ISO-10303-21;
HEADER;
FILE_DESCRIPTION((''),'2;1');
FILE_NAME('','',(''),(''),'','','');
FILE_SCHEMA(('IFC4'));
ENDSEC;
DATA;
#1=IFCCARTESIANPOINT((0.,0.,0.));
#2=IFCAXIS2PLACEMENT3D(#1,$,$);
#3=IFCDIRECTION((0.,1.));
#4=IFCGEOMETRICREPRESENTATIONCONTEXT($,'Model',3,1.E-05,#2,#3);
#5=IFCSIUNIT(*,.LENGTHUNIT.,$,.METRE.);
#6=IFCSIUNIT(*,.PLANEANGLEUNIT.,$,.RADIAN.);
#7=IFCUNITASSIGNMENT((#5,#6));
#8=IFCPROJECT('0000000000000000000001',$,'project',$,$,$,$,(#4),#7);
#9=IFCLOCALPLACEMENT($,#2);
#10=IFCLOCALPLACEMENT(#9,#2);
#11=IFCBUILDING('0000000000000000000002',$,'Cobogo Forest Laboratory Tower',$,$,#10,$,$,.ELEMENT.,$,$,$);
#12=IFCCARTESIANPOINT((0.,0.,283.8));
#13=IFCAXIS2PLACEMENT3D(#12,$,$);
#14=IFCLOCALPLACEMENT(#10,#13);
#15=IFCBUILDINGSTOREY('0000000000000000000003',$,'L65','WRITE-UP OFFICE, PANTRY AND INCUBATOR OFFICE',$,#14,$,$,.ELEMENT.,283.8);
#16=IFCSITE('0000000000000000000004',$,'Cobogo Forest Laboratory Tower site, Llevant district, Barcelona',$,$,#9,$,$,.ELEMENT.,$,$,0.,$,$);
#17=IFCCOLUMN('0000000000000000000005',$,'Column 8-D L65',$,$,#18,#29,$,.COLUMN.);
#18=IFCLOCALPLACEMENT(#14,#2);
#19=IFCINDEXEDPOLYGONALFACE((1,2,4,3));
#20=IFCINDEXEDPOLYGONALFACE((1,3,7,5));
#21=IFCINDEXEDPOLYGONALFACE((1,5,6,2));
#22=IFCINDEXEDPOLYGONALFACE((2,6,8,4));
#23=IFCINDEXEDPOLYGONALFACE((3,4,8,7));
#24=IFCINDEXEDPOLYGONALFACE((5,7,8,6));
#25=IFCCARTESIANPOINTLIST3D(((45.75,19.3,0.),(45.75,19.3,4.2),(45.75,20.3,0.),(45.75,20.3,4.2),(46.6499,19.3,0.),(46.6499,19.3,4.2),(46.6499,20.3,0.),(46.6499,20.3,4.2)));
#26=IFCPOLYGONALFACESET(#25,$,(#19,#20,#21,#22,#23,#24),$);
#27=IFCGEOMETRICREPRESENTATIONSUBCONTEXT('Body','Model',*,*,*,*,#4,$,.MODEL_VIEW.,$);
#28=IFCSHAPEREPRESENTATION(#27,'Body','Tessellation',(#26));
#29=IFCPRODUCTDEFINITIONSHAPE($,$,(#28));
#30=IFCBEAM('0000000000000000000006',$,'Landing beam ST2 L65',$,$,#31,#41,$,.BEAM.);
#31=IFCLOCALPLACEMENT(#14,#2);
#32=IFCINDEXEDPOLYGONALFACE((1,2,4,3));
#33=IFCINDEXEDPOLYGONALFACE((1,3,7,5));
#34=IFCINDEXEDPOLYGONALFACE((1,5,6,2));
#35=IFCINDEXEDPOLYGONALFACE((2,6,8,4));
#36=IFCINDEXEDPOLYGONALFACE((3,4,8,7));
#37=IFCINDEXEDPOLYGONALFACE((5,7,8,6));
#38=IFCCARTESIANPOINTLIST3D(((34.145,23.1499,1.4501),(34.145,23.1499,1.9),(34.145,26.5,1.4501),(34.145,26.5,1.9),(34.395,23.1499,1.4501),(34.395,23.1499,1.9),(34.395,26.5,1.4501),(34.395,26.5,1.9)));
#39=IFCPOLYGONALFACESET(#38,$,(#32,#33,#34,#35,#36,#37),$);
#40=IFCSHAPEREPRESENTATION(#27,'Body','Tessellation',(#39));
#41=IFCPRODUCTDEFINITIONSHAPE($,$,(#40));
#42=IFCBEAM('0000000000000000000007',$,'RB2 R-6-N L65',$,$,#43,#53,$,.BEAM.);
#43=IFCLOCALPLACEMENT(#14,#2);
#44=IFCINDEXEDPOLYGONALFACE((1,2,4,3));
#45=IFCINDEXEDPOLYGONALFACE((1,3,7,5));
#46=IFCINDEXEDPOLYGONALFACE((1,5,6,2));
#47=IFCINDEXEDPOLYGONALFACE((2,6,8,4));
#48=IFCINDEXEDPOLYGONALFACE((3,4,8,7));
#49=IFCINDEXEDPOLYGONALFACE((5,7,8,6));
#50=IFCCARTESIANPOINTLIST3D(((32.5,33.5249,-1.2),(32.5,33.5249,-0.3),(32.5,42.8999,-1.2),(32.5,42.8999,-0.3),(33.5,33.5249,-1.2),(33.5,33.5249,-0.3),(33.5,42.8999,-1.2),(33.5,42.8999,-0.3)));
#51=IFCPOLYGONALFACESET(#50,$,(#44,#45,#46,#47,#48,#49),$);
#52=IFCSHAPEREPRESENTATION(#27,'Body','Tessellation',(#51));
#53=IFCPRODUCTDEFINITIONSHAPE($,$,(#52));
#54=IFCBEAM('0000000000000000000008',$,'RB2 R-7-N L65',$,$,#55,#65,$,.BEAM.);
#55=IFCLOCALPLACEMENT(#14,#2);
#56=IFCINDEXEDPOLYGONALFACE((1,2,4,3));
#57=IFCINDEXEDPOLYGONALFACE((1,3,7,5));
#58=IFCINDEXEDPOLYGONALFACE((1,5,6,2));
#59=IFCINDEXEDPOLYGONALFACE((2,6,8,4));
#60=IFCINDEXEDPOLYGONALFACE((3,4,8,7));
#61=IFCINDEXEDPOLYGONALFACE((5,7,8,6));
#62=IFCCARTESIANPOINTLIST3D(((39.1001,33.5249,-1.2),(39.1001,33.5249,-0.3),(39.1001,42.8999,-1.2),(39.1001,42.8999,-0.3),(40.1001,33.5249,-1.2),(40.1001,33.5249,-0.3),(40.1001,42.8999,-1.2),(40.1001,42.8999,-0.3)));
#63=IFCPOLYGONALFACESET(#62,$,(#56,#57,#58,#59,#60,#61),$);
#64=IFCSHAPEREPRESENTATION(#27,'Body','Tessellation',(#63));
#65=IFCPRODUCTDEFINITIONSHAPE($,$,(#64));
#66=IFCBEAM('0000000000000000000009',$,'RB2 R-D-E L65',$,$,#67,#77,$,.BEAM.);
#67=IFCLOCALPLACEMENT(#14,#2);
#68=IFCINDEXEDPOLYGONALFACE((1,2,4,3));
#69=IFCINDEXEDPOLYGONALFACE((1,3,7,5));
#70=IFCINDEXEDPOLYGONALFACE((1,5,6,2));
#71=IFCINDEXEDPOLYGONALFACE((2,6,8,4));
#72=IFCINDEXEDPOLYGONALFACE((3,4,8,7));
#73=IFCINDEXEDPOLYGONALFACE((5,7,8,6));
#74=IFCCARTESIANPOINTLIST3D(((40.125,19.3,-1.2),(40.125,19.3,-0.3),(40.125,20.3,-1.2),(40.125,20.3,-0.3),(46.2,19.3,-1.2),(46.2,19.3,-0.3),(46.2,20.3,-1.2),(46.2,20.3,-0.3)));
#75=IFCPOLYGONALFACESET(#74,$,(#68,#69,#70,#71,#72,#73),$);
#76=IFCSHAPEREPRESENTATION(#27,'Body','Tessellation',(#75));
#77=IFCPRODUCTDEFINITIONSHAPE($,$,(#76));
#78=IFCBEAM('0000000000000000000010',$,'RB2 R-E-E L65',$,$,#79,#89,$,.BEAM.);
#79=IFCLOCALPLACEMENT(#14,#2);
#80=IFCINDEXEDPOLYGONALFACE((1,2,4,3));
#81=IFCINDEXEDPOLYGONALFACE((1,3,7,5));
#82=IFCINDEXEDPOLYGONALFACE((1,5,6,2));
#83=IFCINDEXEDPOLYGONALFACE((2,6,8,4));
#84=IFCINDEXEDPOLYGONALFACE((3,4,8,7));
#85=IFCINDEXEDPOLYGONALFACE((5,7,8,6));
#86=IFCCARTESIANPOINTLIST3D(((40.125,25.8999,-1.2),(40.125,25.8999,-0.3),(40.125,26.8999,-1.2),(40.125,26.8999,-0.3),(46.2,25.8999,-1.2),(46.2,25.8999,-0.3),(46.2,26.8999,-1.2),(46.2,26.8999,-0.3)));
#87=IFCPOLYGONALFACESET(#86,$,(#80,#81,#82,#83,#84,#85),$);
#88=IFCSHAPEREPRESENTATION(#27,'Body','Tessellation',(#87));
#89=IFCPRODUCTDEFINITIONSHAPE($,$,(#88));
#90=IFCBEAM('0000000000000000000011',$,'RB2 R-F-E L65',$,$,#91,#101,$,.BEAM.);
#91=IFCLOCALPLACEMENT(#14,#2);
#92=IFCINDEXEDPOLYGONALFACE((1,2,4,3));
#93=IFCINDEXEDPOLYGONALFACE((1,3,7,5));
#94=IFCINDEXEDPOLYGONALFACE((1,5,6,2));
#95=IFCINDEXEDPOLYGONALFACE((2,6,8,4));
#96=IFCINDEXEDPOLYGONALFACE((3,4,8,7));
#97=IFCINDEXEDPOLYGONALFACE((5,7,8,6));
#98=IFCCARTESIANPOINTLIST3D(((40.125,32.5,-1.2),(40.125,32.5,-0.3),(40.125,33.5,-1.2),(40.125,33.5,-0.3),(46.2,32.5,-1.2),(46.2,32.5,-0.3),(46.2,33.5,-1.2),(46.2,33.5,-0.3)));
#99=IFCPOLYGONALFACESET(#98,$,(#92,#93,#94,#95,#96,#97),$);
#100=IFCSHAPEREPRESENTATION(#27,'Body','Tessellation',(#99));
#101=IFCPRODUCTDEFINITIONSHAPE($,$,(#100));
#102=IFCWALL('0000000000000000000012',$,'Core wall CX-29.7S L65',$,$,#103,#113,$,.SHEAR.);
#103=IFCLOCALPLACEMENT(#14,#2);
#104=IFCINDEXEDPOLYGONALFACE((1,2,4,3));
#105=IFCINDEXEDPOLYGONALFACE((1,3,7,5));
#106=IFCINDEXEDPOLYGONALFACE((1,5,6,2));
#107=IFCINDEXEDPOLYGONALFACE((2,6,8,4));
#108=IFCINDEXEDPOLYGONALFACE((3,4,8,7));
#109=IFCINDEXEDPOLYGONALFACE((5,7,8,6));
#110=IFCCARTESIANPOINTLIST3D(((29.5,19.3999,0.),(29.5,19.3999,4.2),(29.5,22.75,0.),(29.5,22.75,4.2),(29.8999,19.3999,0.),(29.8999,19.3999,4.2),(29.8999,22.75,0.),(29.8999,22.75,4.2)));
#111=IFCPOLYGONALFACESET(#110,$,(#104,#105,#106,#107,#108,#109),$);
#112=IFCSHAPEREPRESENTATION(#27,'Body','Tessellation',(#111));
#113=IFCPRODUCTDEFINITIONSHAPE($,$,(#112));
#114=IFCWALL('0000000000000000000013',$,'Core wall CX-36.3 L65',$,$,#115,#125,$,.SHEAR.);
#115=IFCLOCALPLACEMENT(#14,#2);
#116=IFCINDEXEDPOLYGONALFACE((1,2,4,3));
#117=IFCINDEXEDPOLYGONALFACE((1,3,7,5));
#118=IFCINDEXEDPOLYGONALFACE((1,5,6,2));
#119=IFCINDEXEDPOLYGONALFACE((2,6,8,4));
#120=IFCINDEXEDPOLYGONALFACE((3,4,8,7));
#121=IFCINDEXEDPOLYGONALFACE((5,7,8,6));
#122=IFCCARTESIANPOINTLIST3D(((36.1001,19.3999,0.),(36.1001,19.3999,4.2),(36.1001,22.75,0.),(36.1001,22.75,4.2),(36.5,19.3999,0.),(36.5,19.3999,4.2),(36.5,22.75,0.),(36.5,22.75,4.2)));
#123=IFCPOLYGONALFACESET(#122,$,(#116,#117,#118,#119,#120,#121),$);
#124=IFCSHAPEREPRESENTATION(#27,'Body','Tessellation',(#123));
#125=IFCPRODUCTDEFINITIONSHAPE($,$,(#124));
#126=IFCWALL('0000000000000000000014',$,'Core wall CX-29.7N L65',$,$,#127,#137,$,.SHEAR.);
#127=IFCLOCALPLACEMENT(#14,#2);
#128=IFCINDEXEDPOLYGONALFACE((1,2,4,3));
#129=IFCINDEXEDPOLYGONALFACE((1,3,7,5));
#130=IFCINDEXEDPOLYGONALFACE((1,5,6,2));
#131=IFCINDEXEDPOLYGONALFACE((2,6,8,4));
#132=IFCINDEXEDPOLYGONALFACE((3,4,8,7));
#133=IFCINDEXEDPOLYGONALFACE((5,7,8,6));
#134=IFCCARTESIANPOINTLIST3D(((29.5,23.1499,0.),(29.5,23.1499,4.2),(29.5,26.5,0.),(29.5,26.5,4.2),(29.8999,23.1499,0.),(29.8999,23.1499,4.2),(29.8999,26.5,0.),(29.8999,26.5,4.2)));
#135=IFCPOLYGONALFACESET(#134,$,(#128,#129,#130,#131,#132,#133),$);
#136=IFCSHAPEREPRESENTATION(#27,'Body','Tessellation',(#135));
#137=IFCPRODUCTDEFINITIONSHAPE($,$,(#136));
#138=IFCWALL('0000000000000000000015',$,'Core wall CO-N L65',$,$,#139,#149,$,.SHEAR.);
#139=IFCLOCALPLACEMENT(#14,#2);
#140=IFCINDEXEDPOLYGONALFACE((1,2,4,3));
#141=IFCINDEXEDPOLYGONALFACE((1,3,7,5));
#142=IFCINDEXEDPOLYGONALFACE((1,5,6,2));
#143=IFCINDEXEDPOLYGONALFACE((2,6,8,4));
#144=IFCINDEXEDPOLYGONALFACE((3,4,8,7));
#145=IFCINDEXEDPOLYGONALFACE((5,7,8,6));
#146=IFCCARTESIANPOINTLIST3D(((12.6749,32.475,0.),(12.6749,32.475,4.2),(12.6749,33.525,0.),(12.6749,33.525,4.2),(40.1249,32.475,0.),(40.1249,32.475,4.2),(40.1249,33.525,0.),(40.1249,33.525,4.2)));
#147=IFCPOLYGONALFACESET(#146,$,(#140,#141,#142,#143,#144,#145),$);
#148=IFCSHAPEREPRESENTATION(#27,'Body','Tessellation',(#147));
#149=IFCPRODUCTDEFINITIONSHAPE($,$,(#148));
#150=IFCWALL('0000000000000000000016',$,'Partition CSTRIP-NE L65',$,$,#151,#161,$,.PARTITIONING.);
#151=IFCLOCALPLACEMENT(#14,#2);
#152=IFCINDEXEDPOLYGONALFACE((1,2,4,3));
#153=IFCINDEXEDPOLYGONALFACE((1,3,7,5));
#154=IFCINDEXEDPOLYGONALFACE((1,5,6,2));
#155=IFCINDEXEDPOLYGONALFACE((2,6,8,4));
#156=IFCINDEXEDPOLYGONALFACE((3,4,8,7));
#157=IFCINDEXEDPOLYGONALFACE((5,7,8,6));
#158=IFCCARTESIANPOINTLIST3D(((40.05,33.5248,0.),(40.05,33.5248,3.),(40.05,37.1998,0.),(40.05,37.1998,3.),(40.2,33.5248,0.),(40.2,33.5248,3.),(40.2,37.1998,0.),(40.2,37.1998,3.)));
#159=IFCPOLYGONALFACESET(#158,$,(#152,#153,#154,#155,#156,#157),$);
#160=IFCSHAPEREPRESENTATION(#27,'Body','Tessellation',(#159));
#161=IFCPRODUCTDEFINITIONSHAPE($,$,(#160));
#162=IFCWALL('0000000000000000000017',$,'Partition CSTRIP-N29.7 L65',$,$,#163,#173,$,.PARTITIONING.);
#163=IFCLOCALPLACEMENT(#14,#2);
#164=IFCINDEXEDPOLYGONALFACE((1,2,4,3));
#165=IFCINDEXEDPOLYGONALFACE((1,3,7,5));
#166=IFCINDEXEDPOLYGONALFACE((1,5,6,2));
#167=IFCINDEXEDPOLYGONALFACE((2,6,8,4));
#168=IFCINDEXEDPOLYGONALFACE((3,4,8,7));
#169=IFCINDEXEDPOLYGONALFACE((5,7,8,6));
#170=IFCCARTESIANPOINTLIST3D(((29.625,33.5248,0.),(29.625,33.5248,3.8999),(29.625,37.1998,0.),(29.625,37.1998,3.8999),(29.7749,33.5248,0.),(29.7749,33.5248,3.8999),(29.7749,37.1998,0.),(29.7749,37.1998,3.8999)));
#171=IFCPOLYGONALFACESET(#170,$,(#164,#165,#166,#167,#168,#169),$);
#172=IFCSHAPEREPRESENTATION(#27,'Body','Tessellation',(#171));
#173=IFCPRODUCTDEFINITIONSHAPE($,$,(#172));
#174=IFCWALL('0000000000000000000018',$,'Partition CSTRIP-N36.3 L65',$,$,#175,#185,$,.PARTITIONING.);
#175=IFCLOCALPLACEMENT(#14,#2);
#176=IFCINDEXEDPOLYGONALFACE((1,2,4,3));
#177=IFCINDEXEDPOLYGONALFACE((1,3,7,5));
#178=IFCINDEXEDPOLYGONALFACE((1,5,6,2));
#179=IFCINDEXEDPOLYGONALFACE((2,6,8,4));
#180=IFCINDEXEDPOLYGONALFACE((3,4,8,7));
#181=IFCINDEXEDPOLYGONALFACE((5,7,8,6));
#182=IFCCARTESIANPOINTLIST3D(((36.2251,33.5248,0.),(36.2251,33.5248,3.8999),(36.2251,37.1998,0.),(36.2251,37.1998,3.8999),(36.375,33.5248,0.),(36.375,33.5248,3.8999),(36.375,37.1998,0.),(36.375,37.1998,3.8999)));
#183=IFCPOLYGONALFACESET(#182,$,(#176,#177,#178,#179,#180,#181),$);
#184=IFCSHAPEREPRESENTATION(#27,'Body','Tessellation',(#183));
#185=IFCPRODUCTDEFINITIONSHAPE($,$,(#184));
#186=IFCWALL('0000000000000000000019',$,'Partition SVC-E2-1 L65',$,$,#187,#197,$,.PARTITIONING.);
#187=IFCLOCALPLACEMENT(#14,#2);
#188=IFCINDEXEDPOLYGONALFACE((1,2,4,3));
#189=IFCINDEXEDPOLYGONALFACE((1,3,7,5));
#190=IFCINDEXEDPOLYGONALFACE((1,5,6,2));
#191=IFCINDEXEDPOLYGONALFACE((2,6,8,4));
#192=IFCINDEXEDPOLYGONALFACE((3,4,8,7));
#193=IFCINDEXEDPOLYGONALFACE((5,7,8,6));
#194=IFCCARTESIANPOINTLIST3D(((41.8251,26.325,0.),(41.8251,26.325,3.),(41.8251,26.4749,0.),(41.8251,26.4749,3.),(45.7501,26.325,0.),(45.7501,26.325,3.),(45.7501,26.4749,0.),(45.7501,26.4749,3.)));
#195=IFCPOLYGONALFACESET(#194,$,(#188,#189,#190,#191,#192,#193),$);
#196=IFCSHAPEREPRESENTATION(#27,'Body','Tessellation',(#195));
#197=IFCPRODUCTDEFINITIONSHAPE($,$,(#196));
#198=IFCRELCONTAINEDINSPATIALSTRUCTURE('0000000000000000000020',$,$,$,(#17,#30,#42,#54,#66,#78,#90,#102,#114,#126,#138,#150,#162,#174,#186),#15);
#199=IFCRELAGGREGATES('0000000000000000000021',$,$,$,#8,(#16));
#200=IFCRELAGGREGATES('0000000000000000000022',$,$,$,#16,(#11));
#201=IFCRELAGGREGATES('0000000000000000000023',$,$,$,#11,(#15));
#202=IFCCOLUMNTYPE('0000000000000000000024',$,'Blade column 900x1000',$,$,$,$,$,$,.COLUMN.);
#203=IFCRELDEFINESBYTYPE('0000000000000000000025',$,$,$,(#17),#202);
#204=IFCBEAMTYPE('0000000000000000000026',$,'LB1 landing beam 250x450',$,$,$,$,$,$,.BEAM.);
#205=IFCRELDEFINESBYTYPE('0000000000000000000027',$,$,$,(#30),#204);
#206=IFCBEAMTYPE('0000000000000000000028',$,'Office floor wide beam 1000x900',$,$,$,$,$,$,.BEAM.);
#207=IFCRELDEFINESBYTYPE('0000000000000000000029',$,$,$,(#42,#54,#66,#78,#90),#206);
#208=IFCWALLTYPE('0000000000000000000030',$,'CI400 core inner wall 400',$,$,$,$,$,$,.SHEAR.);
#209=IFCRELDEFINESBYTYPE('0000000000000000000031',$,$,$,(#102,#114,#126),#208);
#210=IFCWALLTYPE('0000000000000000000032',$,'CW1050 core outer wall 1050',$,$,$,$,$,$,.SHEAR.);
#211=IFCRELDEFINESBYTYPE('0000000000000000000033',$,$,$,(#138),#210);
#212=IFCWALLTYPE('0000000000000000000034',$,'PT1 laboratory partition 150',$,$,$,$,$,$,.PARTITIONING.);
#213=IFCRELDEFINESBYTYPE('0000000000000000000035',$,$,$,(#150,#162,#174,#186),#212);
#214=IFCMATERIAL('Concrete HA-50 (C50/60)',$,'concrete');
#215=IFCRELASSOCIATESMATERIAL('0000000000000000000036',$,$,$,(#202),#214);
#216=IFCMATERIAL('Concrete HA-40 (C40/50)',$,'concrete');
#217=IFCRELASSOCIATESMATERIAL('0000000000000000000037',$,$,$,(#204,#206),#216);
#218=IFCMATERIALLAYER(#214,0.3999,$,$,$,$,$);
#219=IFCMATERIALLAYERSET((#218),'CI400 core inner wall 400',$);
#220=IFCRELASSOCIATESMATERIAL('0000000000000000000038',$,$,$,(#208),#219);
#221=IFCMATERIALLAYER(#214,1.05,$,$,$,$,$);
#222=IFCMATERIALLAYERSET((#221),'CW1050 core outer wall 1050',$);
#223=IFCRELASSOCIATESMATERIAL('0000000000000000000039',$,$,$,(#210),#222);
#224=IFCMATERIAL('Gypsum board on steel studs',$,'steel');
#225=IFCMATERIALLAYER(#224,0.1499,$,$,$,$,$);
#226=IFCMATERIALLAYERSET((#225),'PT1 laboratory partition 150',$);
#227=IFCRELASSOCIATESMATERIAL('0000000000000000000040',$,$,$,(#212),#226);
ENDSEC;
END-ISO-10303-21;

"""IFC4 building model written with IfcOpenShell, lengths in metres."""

from ifc_helpers import new_model, si_unit, direction, frame, frame_2d, origin, origin_2d, place, context, subcontext, project, spatial, rectangle, extrude, material, layer, layer_set, material_profile, profile_set, type_object, element, save


model = new_model("IFC4")

# Units and contexts
model_context = context("Model", 3, precision=1e-05, world=origin(), true_north=direction((0.0, 1.0)))
body_context = subcontext(model_context, "Body", "Model", "MODEL_VIEW")
ifc_project = project(units=[si_unit("LENGTHUNIT", "METRE"), si_unit("PLANEANGLEUNIT", "RADIAN")], contexts=[model_context])

# Site, building, storey
site_placement = place(None, origin())
site = spatial("IfcSite", under=ifc_project, at=site_placement, Name="Cobogo Forest Laboratory Tower site, Llevant district, Barcelona", CompositionType="ELEMENT", RefElevation=0.0)
building_placement = place(site_placement, origin())
building = spatial("IfcBuilding", under=site, at=building_placement, Name="Cobogo Forest Laboratory Tower", CompositionType="ELEMENT")
storey_placement = place(building_placement, frame((0.0, 0.0, 283.8)))
storey = spatial("IfcBuildingStorey", under=building, at=storey_placement, Name="L65", Description="WRITE-UP OFFICE, PANTRY AND INCUBATOR OFFICE", CompositionType="ELEMENT", Elevation=283.8)

# Column
ifc_material_1 = material(Name="Concrete HA-50 (C50/60)", Category="concrete")
ifc_material_profile_1 = material_profile(ifc_material_1, rectangle(XDim=1.0, YDim=0.8999, at=origin_2d()), Name="RC 900x1000")
ifc_profile_set_1 = profile_set([ifc_material_profile_1], Name="Concrete HA-50 (C50/60)")
column_type = type_object("IfcColumnType", Name="Blade column 900x1000", PredefinedType="COLUMN", material=ifc_profile_set_1)
column_placement = place(storey_placement, frame((46.2, 19.8, 0.0), z_axis=(0.0, 0.0, 1.0), x_axis=(0.0, 1.0, 0.0)))
element("IfcColumn", 1, at=column_placement, inside=storey, type_object=column_type, Name="Column 8-D L65", PredefinedType="COLUMN", context=body_context, shape_type="SweptSolid", body=[
    extrude(rectangle(XDim=1.0, YDim=0.8999, at=origin_2d()), origin(), (0.0, 0.0, 1.0), 4.2),
])

# Beams
ifc_material_2 = material(Name="Concrete HA-40 (C40/50)", Category="concrete")
ifc_material_profile_2 = material_profile(ifc_material_2, rectangle(XDim=0.25, YDim=0.45, at=origin_2d()), Name="RC 250x450")
ifc_profile_set_2 = profile_set([ifc_material_profile_2], Name="Concrete HA-40 (C40/50)")
beam_type_1 = type_object("IfcBeamType", Name="LB1 landing beam 250x450", PredefinedType="BEAM", material=ifc_profile_set_2)
beam_placement = place(storey_placement, frame((34.27, 23.1499, 1.675), z_axis=(0.0, 1.0, 0.0), x_axis=(-1.0, 0.0, 0.0)))
element("IfcBeam", 2, at=beam_placement, inside=storey, type_object=beam_type_1, Name="Landing beam ST2 L65", PredefinedType="BEAM", context=body_context, shape_type="SweptSolid", body=[
    extrude(rectangle(XDim=0.25, YDim=0.45, at=origin_2d()), origin(), (0.0, 0.0, 1.0), 3.3501),
])
ifc_material_profile_3 = material_profile(ifc_material_2, rectangle(XDim=1.0, YDim=0.8999, at=origin_2d()), Name="RC 1000x900")
ifc_profile_set_3 = profile_set([ifc_material_profile_3], Name="Concrete HA-40 (C40/50)")
beam_type_2 = type_object("IfcBeamType", Name="Office floor wide beam 1000x900", PredefinedType="BEAM", material=ifc_profile_set_3)
for number, where, z_axis, x_axis, name in (
    (3, (33.0, 33.5249, -0.75), (0.0, 1.0, 0.0), (-1.0, 0.0, 0.0), "RB2 R-6-N L65"),
    (4, (39.6001, 33.5249, -0.75), (0.0, 1.0, 0.0), (-1.0, 0.0, 0.0), "RB2 R-7-N L65"),
):
    element("IfcBeam", number, at=place(storey_placement, frame(where, z_axis=z_axis, x_axis=x_axis)), inside=storey, type_object=beam_type_2, Name=name, PredefinedType="BEAM", context=body_context, shape_type="SweptSolid", body=[
        extrude(rectangle(XDim=1.0, YDim=0.8999, at=origin_2d()), origin(), (0.0, 0.0, 1.0), 9.375),
    ])
for number, where, z_axis, x_axis, name in (
    (5, (40.125, 19.8, -0.75), (1.0, 0.0, 0.0), (0.0, 1.0, 0.0), "RB2 R-D-E L65"),
    (6, (40.125, 26.3999, -0.75), (1.0, 0.0, 0.0), (0.0, 1.0, 0.0), "RB2 R-E-E L65"),
    (7, (40.125, 33.0, -0.75), (1.0, 0.0, 0.0), (0.0, 1.0, 0.0), "RB2 R-F-E L65"),
):
    element("IfcBeam", number, at=place(storey_placement, frame(where, z_axis=z_axis, x_axis=x_axis)), inside=storey, type_object=beam_type_2, Name=name, PredefinedType="BEAM", context=body_context, shape_type="SweptSolid", body=[
        extrude(rectangle(XDim=1.0, YDim=0.8999, at=origin_2d()), origin(), (0.0, 0.0, 1.0), 6.075),
    ])

# Walls
ifc_layer_1 = layer(ifc_material_1, 0.3999)
ifc_layer_set_1 = layer_set([ifc_layer_1], Name="CI400 core inner wall 400")
wall_type_1 = type_object("IfcWallType", Name="CI400 core inner wall 400", PredefinedType="SHEAR", material=ifc_layer_set_1)
for number, where, z_axis, x_axis, name in (
    (8, (29.7, 19.3999, 0.0), (0.0, 0.0, 1.0), (0.0, 1.0, 0.0), "Core wall CX-29.7S L65"),
    (9, (36.3, 19.3999, 0.0), (0.0, 0.0, 1.0), (0.0, 1.0, 0.0), "Core wall CX-36.3 L65"),
    (10, (29.7, 23.1499, 0.0), (0.0, 0.0, 1.0), (0.0, 1.0, 0.0), "Core wall CX-29.7N L65"),
):
    element("IfcWall", number, at=place(storey_placement, frame(where, z_axis=z_axis, x_axis=x_axis)), inside=storey, type_object=wall_type_1, Name=name, PredefinedType="SHEAR", context=body_context, shape_type="SweptSolid", body=[
        extrude(rectangle(XDim=3.3501, YDim=0.3999, at=frame_2d((1.675, 0.0))), origin(), (0.0, 0.0, 1.0), 4.2),
    ])
ifc_layer_2 = layer(ifc_material_1, 1.05)
ifc_layer_set_2 = layer_set([ifc_layer_2], Name="CW1050 core outer wall 1050")
wall_type_2 = type_object("IfcWallType", Name="CW1050 core outer wall 1050", PredefinedType="SHEAR", material=ifc_layer_set_2)
wall_1_placement = place(storey_placement, frame((40.125, 33.0, 0.0), z_axis=(0.0, 0.0, 1.0), x_axis=(-1.0, 0.0, 0.0)))
element("IfcWall", 11, at=wall_1_placement, inside=storey, type_object=wall_type_2, Name="Core wall CO-N L65", PredefinedType="SHEAR", context=body_context, shape_type="SweptSolid", body=[
    extrude(rectangle(XDim=27.45, YDim=1.05, at=frame_2d((13.7251, 0.0))), origin(), (0.0, 0.0, 1.0), 4.2),
])
ifc_material_3 = material(Name="Gypsum board on steel studs", Category="steel")
ifc_layer_3 = layer(ifc_material_3, 0.1499)
ifc_layer_set_3 = layer_set([ifc_layer_3], Name="PT1 laboratory partition 150")
wall_type_3 = type_object("IfcWallType", Name="PT1 laboratory partition 150", PredefinedType="PARTITIONING", material=ifc_layer_set_3)
wall_2_placement = place(storey_placement, frame((40.125, 33.5249, 0.0), z_axis=(0.0, 0.0, 1.0), x_axis=(0.0, 1.0, 0.0)))
element("IfcWall", 12, at=wall_2_placement, inside=storey, type_object=wall_type_3, Name="Partition CSTRIP-NE L65", PredefinedType="PARTITIONING", context=body_context, shape_type="SweptSolid", body=[
    extrude(rectangle(XDim=3.675, YDim=0.1499, at=frame_2d((1.8374, 0.0))), origin(), (0.0, 0.0, 1.0), 3.0),
])
for number, where, z_axis, x_axis, name in (
    (13, (29.7, 33.5249, 0.0), (0.0, 0.0, 1.0), (0.0, 1.0, 0.0), "Partition CSTRIP-N29.7 L65"),
    (14, (36.3, 33.5249, 0.0), (0.0, 0.0, 1.0), (0.0, 1.0, 0.0), "Partition CSTRIP-N36.3 L65"),
):
    element("IfcWall", number, at=place(storey_placement, frame(where, z_axis=z_axis, x_axis=x_axis)), inside=storey, type_object=wall_type_3, Name=name, PredefinedType="PARTITIONING", context=body_context, shape_type="SweptSolid", body=[
        extrude(rectangle(XDim=3.675, YDim=0.1499, at=frame_2d((1.8374, 0.0))), origin(), (0.0, 0.0, 1.0), 3.8999),
    ])
for number, where, z_axis, x_axis, name in (
    (15, (45.75, 26.3999, 0.0), (0.0, 0.0, 1.0), (-1.0, 0.0, 0.0), "Partition SVC-E2-1 L65"),
):
    element("IfcWall", number, at=place(storey_placement, frame(where, z_axis=z_axis, x_axis=x_axis)), inside=storey, type_object=wall_type_3, Name=name, PredefinedType="PARTITIONING", context=body_context, shape_type="SweptSolid", body=[
        extrude(rectangle(XDim=3.925, YDim=0.1499, at=frame_2d((1.9624, 0.0))), origin(), (0.0, 0.0, 1.0), 3.0),
    ])

save(model, "model.ifc")
